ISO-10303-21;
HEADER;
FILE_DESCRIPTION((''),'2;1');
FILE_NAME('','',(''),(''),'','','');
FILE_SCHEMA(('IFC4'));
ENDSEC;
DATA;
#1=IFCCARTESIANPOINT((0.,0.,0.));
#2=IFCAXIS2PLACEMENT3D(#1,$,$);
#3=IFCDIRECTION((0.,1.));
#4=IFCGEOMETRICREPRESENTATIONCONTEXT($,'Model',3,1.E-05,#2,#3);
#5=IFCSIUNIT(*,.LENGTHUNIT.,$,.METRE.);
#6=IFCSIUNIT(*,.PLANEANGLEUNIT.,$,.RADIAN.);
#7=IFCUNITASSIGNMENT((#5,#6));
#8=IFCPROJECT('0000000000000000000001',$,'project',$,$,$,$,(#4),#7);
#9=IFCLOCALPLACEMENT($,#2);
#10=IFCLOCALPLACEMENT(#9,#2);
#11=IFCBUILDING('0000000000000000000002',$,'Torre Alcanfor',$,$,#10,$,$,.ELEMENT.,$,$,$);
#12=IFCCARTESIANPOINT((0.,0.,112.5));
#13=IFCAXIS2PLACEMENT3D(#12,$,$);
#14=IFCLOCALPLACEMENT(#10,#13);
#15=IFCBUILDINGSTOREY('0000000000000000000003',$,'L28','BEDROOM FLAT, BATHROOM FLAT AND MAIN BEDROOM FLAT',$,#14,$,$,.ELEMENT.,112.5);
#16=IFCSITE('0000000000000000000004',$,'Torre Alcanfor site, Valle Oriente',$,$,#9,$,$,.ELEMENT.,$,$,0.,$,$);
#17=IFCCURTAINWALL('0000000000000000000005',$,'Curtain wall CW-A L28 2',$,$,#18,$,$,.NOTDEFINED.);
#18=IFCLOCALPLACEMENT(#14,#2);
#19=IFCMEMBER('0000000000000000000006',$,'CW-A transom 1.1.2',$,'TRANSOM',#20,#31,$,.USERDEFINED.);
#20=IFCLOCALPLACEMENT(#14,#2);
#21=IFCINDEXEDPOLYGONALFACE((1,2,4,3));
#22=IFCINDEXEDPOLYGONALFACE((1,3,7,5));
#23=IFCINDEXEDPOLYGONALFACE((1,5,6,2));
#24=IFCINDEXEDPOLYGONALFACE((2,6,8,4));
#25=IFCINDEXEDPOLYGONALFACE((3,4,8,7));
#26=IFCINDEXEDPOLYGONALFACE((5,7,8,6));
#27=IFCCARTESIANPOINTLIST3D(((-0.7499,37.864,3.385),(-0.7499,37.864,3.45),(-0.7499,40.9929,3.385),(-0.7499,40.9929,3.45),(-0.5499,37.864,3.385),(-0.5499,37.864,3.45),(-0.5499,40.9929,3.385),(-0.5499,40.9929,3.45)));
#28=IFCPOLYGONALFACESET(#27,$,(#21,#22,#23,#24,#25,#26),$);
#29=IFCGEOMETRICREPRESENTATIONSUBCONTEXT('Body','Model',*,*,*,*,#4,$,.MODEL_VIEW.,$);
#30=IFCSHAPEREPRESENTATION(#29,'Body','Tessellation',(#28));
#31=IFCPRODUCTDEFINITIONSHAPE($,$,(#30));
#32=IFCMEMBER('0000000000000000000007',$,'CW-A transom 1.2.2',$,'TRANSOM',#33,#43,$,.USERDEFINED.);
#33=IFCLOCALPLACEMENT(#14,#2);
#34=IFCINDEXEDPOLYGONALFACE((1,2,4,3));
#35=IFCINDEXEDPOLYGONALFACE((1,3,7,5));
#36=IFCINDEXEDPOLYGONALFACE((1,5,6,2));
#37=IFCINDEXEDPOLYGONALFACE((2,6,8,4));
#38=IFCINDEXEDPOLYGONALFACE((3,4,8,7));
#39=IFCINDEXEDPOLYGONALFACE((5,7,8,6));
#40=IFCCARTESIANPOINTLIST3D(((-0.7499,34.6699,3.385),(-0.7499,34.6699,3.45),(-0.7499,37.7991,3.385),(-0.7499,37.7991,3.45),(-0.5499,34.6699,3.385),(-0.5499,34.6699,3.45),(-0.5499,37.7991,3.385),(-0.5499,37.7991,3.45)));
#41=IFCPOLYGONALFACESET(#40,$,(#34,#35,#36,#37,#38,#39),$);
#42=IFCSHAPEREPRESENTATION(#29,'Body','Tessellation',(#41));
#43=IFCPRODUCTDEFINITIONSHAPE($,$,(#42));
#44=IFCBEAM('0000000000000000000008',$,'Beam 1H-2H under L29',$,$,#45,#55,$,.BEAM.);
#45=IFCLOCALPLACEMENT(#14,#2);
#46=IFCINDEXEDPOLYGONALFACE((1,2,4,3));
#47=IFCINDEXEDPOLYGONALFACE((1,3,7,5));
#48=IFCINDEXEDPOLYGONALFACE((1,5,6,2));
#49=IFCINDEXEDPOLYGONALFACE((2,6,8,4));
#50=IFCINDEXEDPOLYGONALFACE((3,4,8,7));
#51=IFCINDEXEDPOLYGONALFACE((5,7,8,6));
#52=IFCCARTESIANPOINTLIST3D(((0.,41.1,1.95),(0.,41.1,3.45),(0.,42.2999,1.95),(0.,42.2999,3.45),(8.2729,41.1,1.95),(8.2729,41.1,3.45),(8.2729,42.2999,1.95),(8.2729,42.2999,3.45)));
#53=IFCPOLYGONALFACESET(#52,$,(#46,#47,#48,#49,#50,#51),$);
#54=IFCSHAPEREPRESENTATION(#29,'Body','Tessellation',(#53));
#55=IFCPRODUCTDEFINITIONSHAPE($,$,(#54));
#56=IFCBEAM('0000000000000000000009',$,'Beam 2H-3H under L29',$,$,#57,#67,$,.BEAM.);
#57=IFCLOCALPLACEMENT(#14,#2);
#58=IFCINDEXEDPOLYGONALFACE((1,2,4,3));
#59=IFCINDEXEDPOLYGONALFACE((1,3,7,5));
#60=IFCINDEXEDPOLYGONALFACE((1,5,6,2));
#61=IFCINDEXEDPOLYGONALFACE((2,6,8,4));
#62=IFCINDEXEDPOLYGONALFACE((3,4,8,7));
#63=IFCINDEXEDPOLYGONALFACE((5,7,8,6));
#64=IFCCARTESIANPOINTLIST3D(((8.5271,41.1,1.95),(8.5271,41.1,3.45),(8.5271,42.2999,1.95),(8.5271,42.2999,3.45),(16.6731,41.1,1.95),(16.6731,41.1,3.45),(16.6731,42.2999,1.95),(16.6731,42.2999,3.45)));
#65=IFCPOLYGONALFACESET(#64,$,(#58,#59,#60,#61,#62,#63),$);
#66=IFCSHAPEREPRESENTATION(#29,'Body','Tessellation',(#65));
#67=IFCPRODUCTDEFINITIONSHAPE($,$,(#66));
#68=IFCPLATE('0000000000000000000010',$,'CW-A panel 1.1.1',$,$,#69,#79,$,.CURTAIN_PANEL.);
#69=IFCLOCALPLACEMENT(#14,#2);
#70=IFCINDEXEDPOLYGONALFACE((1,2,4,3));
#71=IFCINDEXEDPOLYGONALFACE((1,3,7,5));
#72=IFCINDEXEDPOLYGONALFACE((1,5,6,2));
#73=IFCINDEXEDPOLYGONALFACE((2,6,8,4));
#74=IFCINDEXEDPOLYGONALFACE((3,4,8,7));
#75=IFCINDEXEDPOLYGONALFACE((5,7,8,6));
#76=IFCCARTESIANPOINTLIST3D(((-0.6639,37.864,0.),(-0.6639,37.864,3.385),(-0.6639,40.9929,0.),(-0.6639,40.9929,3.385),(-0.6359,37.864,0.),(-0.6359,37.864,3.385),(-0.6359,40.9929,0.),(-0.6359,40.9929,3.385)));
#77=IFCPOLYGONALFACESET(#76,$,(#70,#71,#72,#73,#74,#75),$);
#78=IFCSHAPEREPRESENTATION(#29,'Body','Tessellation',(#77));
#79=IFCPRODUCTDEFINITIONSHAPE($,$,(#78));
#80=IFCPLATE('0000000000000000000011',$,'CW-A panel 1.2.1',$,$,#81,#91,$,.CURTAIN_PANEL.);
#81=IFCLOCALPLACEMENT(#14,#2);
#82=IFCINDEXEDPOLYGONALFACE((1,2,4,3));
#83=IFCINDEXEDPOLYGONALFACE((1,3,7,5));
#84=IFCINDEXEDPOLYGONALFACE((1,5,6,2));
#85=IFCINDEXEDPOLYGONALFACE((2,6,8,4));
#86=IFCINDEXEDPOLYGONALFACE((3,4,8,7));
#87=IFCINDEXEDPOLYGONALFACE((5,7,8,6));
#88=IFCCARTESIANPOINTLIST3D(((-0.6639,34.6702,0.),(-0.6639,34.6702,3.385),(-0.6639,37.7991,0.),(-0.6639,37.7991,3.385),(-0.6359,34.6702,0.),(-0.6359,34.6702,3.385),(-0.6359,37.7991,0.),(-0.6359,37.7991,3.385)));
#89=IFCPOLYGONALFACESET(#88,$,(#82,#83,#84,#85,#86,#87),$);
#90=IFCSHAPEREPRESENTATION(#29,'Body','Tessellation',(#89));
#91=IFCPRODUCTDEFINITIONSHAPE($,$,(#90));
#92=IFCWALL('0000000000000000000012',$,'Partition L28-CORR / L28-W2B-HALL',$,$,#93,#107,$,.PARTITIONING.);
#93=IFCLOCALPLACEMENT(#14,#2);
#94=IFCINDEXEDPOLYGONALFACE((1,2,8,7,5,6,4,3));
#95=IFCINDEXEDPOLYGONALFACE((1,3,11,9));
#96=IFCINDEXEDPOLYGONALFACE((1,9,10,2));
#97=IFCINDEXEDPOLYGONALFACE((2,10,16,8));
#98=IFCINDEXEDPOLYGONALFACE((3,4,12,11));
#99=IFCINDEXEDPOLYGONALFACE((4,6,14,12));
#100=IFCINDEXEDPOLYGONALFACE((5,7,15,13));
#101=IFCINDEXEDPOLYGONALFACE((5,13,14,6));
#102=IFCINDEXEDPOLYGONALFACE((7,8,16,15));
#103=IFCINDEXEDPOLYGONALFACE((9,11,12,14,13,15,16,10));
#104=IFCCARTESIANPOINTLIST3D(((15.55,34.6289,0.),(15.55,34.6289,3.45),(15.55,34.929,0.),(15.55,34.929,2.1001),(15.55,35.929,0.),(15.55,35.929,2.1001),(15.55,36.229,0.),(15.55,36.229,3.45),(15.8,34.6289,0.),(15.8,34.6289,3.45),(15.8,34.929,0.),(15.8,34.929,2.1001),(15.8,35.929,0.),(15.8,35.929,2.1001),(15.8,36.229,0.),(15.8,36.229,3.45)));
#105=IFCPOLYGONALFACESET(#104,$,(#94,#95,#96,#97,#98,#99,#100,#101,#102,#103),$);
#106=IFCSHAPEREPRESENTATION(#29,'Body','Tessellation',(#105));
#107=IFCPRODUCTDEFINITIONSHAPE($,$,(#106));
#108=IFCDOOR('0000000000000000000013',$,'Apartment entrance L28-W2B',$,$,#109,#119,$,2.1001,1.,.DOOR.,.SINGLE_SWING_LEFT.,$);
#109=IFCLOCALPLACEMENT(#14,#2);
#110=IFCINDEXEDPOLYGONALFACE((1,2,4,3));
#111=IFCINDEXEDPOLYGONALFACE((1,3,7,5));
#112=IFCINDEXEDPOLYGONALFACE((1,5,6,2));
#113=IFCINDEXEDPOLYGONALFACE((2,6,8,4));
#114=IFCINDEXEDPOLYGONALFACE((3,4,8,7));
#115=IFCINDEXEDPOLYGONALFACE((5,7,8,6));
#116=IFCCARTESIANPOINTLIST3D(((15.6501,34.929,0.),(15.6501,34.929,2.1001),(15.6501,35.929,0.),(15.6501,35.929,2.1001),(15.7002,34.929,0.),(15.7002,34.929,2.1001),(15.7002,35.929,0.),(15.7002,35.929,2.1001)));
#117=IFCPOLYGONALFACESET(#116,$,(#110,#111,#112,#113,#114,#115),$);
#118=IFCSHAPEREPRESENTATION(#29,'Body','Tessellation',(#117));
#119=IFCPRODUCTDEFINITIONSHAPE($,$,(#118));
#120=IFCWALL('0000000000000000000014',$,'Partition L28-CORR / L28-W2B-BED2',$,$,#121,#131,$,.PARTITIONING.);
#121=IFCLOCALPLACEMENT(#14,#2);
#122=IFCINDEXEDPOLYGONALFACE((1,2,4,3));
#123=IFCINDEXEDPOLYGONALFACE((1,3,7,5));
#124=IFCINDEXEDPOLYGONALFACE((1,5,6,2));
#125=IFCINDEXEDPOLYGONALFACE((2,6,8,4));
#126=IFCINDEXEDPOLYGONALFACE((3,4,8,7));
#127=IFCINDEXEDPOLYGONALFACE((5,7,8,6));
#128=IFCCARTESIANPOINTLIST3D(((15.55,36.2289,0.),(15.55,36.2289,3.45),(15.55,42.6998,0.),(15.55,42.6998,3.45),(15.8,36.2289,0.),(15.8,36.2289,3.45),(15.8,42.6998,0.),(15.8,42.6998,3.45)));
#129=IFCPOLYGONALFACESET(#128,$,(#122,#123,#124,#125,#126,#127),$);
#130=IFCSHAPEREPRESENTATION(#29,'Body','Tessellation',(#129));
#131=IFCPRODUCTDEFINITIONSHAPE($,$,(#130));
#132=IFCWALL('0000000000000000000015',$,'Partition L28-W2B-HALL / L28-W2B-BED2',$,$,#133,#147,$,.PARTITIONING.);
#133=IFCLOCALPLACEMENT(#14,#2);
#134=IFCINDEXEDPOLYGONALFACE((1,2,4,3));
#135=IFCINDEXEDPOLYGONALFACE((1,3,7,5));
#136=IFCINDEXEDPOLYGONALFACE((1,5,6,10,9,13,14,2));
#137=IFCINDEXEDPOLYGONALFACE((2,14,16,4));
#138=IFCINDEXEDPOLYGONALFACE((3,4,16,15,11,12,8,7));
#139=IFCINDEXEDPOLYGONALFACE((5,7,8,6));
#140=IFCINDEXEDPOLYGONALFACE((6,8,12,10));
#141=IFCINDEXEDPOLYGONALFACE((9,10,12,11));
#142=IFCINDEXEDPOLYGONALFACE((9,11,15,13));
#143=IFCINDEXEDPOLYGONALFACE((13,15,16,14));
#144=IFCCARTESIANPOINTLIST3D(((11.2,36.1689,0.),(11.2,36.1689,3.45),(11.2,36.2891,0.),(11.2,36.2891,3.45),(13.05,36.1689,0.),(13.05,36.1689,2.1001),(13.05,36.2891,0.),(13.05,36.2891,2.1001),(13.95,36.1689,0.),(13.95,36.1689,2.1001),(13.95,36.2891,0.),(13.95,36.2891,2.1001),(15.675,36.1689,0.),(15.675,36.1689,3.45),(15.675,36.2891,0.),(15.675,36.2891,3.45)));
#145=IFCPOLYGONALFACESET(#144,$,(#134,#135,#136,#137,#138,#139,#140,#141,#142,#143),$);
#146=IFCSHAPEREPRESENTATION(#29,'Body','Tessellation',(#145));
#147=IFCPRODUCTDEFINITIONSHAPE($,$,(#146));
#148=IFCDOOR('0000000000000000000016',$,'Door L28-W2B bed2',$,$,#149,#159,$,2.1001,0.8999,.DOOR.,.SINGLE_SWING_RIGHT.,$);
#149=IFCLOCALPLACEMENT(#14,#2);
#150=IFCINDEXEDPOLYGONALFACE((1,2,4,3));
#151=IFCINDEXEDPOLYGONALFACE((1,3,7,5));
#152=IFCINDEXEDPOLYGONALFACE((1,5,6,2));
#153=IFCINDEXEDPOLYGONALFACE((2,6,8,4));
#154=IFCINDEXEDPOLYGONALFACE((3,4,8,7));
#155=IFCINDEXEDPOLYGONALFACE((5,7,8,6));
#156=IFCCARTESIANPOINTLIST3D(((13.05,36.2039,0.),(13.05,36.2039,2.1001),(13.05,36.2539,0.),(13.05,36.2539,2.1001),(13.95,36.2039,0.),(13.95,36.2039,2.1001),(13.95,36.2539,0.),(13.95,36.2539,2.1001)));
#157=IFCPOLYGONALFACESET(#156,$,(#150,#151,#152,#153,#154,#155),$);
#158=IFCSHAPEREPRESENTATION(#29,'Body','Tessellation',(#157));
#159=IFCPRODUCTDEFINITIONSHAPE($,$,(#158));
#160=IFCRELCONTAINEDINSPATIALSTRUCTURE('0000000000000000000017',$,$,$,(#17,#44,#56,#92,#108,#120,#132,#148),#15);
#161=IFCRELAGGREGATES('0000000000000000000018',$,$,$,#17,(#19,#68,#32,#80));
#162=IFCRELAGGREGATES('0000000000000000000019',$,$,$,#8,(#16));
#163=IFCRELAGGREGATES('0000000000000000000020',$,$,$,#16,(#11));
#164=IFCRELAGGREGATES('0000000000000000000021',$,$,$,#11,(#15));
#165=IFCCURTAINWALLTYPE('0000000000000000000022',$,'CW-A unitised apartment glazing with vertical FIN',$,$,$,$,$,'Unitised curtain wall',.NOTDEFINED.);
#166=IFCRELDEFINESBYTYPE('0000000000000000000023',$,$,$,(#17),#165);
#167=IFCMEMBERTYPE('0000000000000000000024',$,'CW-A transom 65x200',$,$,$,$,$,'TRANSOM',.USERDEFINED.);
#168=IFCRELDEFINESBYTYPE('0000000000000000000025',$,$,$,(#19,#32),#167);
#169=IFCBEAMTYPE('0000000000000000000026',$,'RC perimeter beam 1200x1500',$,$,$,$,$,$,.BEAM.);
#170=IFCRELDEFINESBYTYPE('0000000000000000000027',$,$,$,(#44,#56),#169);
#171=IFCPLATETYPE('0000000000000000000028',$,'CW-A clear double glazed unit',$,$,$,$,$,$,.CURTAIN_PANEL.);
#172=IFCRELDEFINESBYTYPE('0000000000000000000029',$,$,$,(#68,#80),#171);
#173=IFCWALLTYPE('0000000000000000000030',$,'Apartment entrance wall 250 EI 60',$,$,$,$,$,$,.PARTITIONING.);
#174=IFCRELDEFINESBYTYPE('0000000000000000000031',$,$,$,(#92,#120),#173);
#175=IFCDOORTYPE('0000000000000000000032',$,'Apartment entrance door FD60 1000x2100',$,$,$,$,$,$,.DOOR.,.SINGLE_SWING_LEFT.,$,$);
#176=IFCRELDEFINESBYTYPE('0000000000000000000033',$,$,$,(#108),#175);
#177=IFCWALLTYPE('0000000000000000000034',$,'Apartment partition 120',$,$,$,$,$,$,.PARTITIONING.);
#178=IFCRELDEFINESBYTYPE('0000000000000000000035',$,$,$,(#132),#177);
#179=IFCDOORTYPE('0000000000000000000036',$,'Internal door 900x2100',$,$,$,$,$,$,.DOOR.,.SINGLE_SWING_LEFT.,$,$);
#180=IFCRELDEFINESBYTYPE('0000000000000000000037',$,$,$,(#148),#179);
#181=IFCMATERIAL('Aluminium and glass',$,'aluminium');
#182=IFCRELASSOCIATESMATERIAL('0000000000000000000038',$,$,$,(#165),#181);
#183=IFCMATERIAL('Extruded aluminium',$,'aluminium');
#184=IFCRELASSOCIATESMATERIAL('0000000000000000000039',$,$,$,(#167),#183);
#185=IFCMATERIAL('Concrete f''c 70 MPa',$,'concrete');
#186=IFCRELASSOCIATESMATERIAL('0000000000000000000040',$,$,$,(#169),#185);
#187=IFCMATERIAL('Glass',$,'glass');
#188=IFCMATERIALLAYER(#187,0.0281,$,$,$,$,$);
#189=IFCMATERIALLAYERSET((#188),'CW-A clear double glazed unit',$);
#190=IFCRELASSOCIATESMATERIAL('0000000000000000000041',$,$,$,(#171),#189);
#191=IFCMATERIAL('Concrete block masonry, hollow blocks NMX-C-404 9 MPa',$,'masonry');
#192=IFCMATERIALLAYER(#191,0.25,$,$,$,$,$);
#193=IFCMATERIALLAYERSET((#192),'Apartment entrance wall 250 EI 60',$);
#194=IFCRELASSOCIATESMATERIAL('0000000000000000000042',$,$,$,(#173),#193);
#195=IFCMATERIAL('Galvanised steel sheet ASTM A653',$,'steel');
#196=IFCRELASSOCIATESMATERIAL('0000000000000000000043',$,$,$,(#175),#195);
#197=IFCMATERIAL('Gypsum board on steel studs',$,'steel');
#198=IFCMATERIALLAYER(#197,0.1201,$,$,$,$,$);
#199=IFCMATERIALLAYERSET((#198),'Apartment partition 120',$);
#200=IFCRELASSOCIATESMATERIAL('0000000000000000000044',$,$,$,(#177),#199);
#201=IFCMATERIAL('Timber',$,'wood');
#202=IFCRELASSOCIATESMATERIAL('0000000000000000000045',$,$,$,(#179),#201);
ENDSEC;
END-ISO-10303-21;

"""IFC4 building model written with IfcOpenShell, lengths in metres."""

from ifc_helpers import new_model, si_unit, direction, frame, frame_2d, origin, origin_2d, place, context, subcontext, project, spatial, rectangle, extrude, material, layer, layer_set, material_profile, profile_set, type_object, element, fill, aggregate, save


model = new_model("IFC4")

# Units and contexts
model_context = context("Model", 3, precision=1e-05, world=origin(), true_north=direction((0.0, 1.0)))
body_context = subcontext(model_context, "Body", "Model", "MODEL_VIEW")
ifc_project = project(units=[si_unit("LENGTHUNIT", "METRE"), si_unit("PLANEANGLEUNIT", "RADIAN")], contexts=[model_context])

# Site, building, storey
site_placement = place(None, origin())
site = spatial("IfcSite", under=ifc_project, at=site_placement, Name="Torre Alcanfor site, Valle Oriente", CompositionType="ELEMENT", RefElevation=0.0)
building_placement = place(site_placement, origin())
building = spatial("IfcBuilding", under=site, at=building_placement, Name="Torre Alcanfor", CompositionType="ELEMENT")
storey_placement = place(building_placement, frame((0.0, 0.0, 112.5)))
storey = spatial("IfcBuildingStorey", under=building, at=storey_placement, Name="L28", Description="BEDROOM FLAT, BATHROOM FLAT AND MAIN BEDROOM FLAT", CompositionType="ELEMENT", Elevation=112.5)

# Curtain wall, members
ifc_material_1 = material(Name="Aluminium and glass", Category="aluminium")
curtain_wall_type = type_object("IfcCurtainWallType", Name="CW-A unitised apartment glazing with vertical FIN", ElementType="Unitised curtain wall", PredefinedType="NOTDEFINED", material=ifc_material_1)
curtain_wall_placement = place(storey_placement, origin())
curtain_wall = element("IfcCurtainWall", 1, at=curtain_wall_placement, inside=storey, type_object=curtain_wall_type, Name="Curtain wall CW-A L28 2", PredefinedType="NOTDEFINED")
ifc_material_2 = material(Name="Extruded aluminium", Category="aluminium")
ifc_material_profile_1 = material_profile(ifc_material_2, rectangle(XDim=0.2, YDim=0.0649, at=origin_2d()), Name="CW-A transom 200x65")
ifc_profile_set_1 = profile_set([ifc_material_profile_1], Name="Extruded aluminium")
member_type_1 = type_object("IfcMemberType", Name="CW-A transom 65x200", ElementType="TRANSOM", PredefinedType="USERDEFINED", material=ifc_profile_set_1)
member_1_placement = place(storey_placement, frame((-0.6499, 40.9929, 3.4175), z_axis=(0.0, -1.0, 0.0), x_axis=(1.0, 0.0, 0.0)))
member_1 = element("IfcMember", 2, at=member_1_placement, type_object=member_type_1, Name="CW-A transom 1.1.2", ObjectType="TRANSOM", PredefinedType="USERDEFINED", context=body_context, shape_type="SweptSolid", body=[
    extrude(rectangle(XDim=0.2, YDim=0.0649, at=origin_2d()), origin(), (0.0, 0.0, 1.0), 3.1289),
])
member_2_placement = place(storey_placement, frame((-0.6499, 37.7991, 3.4175), z_axis=(0.0, -1.0, 0.0), x_axis=(1.0, 0.0, 0.0)))
member_2 = element("IfcMember", 3, at=member_2_placement, type_object=member_type_1, Name="CW-A transom 1.2.2", ObjectType="TRANSOM", PredefinedType="USERDEFINED", context=body_context, shape_type="SweptSolid", body=[
    extrude(rectangle(XDim=0.2, YDim=0.0649, at=origin_2d()), origin(), (0.0, 0.0, 1.0), 3.1292),
])

# Beams
ifc_material_3 = material(Name="Concrete f'c 70 MPa", Category="concrete")
ifc_material_profile_2 = material_profile(ifc_material_3, rectangle(XDim=1.2, YDim=1.5, at=origin_2d()), Name="1200x1500")
ifc_profile_set_2 = profile_set([ifc_material_profile_2], Name="Concrete f'c 70 MPa")
beam_type_1 = type_object("IfcBeamType", Name="RC perimeter beam 1200x1500", PredefinedType="BEAM", material=ifc_profile_set_2)
beam_1_placement = place(storey_placement, frame((0.0, 41.7, 2.7), z_axis=(1.0, 0.0, 0.0), x_axis=(0.0, 1.0, 0.0)))
element("IfcBeam", 4, at=beam_1_placement, inside=storey, type_object=beam_type_1, Name="Beam 1H-2H under L29", PredefinedType="BEAM", context=body_context, shape_type="SweptSolid", body=[
    extrude(rectangle(XDim=1.2, YDim=1.5, at=origin_2d()), origin(), (0.0, 0.0, 1.0), 8.2729),
])
beam_2_placement = place(storey_placement, frame((8.5271, 41.7, 2.7), z_axis=(1.0, 0.0, 0.0), x_axis=(0.0, 1.0, 0.0)))
element("IfcBeam", 5, at=beam_2_placement, inside=storey, type_object=beam_type_1, Name="Beam 2H-3H under L29", PredefinedType="BEAM", context=body_context, shape_type="SweptSolid", body=[
    extrude(rectangle(XDim=1.2, YDim=1.5, at=origin_2d()), origin(), (0.0, 0.0, 1.0), 8.146),
])

# Plates
ifc_material_4 = material(Name="Glass", Category="glass")
ifc_layer_1 = layer(ifc_material_4, 0.0281)
ifc_layer_set_1 = layer_set([ifc_layer_1], Name="CW-A clear double glazed unit")
plate_type = type_object("IfcPlateType", Name="CW-A clear double glazed unit", PredefinedType="CURTAIN_PANEL", material=ifc_layer_set_1)
plate_1_placement = place(storey_placement, frame((-0.6499, 39.4285, 0.0), z_axis=(0.0, 0.0, 1.0), x_axis=(0.0, -1.0, 0.0)))
plate_1 = element("IfcPlate", 6, at=plate_1_placement, type_object=plate_type, Name="CW-A panel 1.1.1", PredefinedType="CURTAIN_PANEL", context=body_context, shape_type="SweptSolid", body=[
    extrude(rectangle(XDim=3.1289, YDim=0.0281, at=origin_2d()), origin(), (0.0, 0.0, 1.0), 3.385),
])
plate_2_placement = place(storey_placement, frame((-0.6499, 36.2346, 0.0), z_axis=(0.0, 0.0, 1.0), x_axis=(0.0, -1.0, 0.0)))
plate_2 = element("IfcPlate", 7, at=plate_2_placement, type_object=plate_type, Name="CW-A panel 1.2.1", PredefinedType="CURTAIN_PANEL", context=body_context, shape_type="SweptSolid", body=[
    extrude(rectangle(XDim=3.1289, YDim=0.0281, at=origin_2d()), origin(), (0.0, 0.0, 1.0), 3.385),
])
aggregate(curtain_wall, [member_1, plate_1, member_2, plate_2])

# Wall, opening, door
ifc_material_5 = material(Name="Concrete block masonry, hollow blocks NMX-C-404 9 MPa", Category="masonry")
ifc_layer_2 = layer(ifc_material_5, 0.25)
ifc_layer_set_2 = layer_set([ifc_layer_2], Name="Apartment entrance wall 250 EI 60")
wall_type_1 = type_object("IfcWallType", Name="Apartment entrance wall 250 EI 60", PredefinedType="PARTITIONING", material=ifc_layer_set_2)
wall_1_placement = place(storey_placement, frame((15.675, 34.6289, 0.0), z_axis=(0.0, 0.0, 1.0), x_axis=(0.0, 1.0, 0.0)))
wall_1 = element("IfcWall", 8, at=wall_1_placement, inside=storey, type_object=wall_type_1, Name="Partition L28-CORR / L28-W2B-HALL", PredefinedType="PARTITIONING", context=body_context, shape_type="SweptSolid", body=[
    extrude(rectangle(XDim=1.6001, YDim=0.25, at=frame_2d((0.8, 0.0))), origin(), (0.0, 0.0, 1.0), 3.45),
])
opening_1_placement = place(wall_1_placement, frame((0.3, 0.0, 0.0)))
opening_1 = element("IfcOpeningElement", 9, at=opening_1_placement, cuts=wall_1, PredefinedType="OPENING", context=body_context, shape_type="SweptSolid", body=[
    extrude(rectangle(XDim=1.0, YDim=2.1001, at=frame_2d((0.5, 1.05))), frame((0.0, 0.135, 0.0), z_axis=(0.0, -1.0, 0.0), x_axis=(1.0, 0.0, 0.0)), (0.0, 0.0, 1.0), 0.27),
])
ifc_material_6 = material(Name="Galvanised steel sheet ASTM A653", Category="steel")
door_type_1 = type_object("IfcDoorType", Name="Apartment entrance door FD60 1000x2100", OperationType="SINGLE_SWING_LEFT", PredefinedType="DOOR", material=ifc_material_6)
door_1_placement = place(opening_1_placement, origin())
door_1 = element("IfcDoor", 10, at=door_1_placement, inside=storey, type_object=door_type_1, Name="Apartment entrance L28-W2B", OperationType="SINGLE_SWING_LEFT", OverallHeight=2.1001, OverallWidth=1.0, PredefinedType="DOOR", context=body_context, shape_type="SweptSolid", body=[
    extrude(rectangle(XDim=1.0, YDim=2.1001, at=frame_2d((0.5, 1.05))), frame((0.0, 0.0249, 0.0), z_axis=(0.0, -1.0, 0.0), x_axis=(1.0, 0.0, 0.0)), (0.0, 0.0, 1.0), 0.05),
])
fill(opening_1, door_1)

# Wall
wall_2_placement = place(storey_placement, frame((15.675, 36.229, 0.0), z_axis=(0.0, 0.0, 1.0), x_axis=(0.0, 1.0, 0.0)))
element("IfcWall", 11, at=wall_2_placement, inside=storey, type_object=wall_type_1, Name="Partition L28-CORR / L28-W2B-BED2", PredefinedType="PARTITIONING", context=body_context, shape_type="SweptSolid", body=[
    extrude(rectangle(XDim=6.4709, YDim=0.25, at=frame_2d((3.2354, 0.0))), origin(), (0.0, 0.0, 1.0), 3.45),
])

# Wall, opening, door
ifc_material_7 = material(Name="Gypsum board on steel studs", Category="steel")
ifc_layer_3 = layer(ifc_material_7, 0.1201)
ifc_layer_set_3 = layer_set([ifc_layer_3], Name="Apartment partition 120")
wall_type_2 = type_object("IfcWallType", Name="Apartment partition 120", PredefinedType="PARTITIONING", material=ifc_layer_set_3)
wall_3_placement = place(storey_placement, frame((11.2, 36.229, 0.0), z_axis=(0.0, 0.0, 1.0), x_axis=(1.0, 0.0, 0.0)))
wall_3 = element("IfcWall", 12, at=wall_3_placement, inside=storey, type_object=wall_type_2, Name="Partition L28-W2B-HALL / L28-W2B-BED2", PredefinedType="PARTITIONING", context=body_context, shape_type="SweptSolid", body=[
    extrude(rectangle(XDim=4.4751, YDim=0.1201, at=frame_2d((2.2375, 0.0))), origin(), (0.0, 0.0, 1.0), 3.45),
])
opening_2_placement = place(wall_3_placement, frame((1.8501, 0.0, 0.0)))
opening_2 = element("IfcOpeningElement", 13, at=opening_2_placement, cuts=wall_3, PredefinedType="OPENING", context=body_context, shape_type="SweptSolid", body=[
    extrude(rectangle(XDim=0.8999, YDim=2.1001, at=frame_2d((0.45, 1.05))), frame((0.0, 0.0701, 0.0), z_axis=(0.0, -1.0, 0.0), x_axis=(1.0, 0.0, 0.0)), (0.0, 0.0, 1.0), 0.1401),
])
ifc_material_8 = material(Name="Timber", Category="wood")
door_type_2 = type_object("IfcDoorType", Name="Internal door 900x2100", OperationType="SINGLE_SWING_LEFT", PredefinedType="DOOR", material=ifc_material_8)
door_2_placement = place(opening_2_placement, origin())
door_2 = element("IfcDoor", 14, at=door_2_placement, inside=storey, type_object=door_type_2, Name="Door L28-W2B bed2", OperationType="SINGLE_SWING_RIGHT", OverallHeight=2.1001, OverallWidth=0.8999, PredefinedType="DOOR", context=body_context, shape_type="SweptSolid", body=[
    extrude(rectangle(XDim=0.8999, YDim=2.1001, at=frame_2d((0.45, 1.05))), frame((0.0, 0.0249, 0.0), z_axis=(0.0, -1.0, 0.0), x_axis=(1.0, 0.0, 0.0)), (0.0, 0.0, 1.0), 0.05),
])
fill(opening_2, door_2)

save(model, "model.ifc")
